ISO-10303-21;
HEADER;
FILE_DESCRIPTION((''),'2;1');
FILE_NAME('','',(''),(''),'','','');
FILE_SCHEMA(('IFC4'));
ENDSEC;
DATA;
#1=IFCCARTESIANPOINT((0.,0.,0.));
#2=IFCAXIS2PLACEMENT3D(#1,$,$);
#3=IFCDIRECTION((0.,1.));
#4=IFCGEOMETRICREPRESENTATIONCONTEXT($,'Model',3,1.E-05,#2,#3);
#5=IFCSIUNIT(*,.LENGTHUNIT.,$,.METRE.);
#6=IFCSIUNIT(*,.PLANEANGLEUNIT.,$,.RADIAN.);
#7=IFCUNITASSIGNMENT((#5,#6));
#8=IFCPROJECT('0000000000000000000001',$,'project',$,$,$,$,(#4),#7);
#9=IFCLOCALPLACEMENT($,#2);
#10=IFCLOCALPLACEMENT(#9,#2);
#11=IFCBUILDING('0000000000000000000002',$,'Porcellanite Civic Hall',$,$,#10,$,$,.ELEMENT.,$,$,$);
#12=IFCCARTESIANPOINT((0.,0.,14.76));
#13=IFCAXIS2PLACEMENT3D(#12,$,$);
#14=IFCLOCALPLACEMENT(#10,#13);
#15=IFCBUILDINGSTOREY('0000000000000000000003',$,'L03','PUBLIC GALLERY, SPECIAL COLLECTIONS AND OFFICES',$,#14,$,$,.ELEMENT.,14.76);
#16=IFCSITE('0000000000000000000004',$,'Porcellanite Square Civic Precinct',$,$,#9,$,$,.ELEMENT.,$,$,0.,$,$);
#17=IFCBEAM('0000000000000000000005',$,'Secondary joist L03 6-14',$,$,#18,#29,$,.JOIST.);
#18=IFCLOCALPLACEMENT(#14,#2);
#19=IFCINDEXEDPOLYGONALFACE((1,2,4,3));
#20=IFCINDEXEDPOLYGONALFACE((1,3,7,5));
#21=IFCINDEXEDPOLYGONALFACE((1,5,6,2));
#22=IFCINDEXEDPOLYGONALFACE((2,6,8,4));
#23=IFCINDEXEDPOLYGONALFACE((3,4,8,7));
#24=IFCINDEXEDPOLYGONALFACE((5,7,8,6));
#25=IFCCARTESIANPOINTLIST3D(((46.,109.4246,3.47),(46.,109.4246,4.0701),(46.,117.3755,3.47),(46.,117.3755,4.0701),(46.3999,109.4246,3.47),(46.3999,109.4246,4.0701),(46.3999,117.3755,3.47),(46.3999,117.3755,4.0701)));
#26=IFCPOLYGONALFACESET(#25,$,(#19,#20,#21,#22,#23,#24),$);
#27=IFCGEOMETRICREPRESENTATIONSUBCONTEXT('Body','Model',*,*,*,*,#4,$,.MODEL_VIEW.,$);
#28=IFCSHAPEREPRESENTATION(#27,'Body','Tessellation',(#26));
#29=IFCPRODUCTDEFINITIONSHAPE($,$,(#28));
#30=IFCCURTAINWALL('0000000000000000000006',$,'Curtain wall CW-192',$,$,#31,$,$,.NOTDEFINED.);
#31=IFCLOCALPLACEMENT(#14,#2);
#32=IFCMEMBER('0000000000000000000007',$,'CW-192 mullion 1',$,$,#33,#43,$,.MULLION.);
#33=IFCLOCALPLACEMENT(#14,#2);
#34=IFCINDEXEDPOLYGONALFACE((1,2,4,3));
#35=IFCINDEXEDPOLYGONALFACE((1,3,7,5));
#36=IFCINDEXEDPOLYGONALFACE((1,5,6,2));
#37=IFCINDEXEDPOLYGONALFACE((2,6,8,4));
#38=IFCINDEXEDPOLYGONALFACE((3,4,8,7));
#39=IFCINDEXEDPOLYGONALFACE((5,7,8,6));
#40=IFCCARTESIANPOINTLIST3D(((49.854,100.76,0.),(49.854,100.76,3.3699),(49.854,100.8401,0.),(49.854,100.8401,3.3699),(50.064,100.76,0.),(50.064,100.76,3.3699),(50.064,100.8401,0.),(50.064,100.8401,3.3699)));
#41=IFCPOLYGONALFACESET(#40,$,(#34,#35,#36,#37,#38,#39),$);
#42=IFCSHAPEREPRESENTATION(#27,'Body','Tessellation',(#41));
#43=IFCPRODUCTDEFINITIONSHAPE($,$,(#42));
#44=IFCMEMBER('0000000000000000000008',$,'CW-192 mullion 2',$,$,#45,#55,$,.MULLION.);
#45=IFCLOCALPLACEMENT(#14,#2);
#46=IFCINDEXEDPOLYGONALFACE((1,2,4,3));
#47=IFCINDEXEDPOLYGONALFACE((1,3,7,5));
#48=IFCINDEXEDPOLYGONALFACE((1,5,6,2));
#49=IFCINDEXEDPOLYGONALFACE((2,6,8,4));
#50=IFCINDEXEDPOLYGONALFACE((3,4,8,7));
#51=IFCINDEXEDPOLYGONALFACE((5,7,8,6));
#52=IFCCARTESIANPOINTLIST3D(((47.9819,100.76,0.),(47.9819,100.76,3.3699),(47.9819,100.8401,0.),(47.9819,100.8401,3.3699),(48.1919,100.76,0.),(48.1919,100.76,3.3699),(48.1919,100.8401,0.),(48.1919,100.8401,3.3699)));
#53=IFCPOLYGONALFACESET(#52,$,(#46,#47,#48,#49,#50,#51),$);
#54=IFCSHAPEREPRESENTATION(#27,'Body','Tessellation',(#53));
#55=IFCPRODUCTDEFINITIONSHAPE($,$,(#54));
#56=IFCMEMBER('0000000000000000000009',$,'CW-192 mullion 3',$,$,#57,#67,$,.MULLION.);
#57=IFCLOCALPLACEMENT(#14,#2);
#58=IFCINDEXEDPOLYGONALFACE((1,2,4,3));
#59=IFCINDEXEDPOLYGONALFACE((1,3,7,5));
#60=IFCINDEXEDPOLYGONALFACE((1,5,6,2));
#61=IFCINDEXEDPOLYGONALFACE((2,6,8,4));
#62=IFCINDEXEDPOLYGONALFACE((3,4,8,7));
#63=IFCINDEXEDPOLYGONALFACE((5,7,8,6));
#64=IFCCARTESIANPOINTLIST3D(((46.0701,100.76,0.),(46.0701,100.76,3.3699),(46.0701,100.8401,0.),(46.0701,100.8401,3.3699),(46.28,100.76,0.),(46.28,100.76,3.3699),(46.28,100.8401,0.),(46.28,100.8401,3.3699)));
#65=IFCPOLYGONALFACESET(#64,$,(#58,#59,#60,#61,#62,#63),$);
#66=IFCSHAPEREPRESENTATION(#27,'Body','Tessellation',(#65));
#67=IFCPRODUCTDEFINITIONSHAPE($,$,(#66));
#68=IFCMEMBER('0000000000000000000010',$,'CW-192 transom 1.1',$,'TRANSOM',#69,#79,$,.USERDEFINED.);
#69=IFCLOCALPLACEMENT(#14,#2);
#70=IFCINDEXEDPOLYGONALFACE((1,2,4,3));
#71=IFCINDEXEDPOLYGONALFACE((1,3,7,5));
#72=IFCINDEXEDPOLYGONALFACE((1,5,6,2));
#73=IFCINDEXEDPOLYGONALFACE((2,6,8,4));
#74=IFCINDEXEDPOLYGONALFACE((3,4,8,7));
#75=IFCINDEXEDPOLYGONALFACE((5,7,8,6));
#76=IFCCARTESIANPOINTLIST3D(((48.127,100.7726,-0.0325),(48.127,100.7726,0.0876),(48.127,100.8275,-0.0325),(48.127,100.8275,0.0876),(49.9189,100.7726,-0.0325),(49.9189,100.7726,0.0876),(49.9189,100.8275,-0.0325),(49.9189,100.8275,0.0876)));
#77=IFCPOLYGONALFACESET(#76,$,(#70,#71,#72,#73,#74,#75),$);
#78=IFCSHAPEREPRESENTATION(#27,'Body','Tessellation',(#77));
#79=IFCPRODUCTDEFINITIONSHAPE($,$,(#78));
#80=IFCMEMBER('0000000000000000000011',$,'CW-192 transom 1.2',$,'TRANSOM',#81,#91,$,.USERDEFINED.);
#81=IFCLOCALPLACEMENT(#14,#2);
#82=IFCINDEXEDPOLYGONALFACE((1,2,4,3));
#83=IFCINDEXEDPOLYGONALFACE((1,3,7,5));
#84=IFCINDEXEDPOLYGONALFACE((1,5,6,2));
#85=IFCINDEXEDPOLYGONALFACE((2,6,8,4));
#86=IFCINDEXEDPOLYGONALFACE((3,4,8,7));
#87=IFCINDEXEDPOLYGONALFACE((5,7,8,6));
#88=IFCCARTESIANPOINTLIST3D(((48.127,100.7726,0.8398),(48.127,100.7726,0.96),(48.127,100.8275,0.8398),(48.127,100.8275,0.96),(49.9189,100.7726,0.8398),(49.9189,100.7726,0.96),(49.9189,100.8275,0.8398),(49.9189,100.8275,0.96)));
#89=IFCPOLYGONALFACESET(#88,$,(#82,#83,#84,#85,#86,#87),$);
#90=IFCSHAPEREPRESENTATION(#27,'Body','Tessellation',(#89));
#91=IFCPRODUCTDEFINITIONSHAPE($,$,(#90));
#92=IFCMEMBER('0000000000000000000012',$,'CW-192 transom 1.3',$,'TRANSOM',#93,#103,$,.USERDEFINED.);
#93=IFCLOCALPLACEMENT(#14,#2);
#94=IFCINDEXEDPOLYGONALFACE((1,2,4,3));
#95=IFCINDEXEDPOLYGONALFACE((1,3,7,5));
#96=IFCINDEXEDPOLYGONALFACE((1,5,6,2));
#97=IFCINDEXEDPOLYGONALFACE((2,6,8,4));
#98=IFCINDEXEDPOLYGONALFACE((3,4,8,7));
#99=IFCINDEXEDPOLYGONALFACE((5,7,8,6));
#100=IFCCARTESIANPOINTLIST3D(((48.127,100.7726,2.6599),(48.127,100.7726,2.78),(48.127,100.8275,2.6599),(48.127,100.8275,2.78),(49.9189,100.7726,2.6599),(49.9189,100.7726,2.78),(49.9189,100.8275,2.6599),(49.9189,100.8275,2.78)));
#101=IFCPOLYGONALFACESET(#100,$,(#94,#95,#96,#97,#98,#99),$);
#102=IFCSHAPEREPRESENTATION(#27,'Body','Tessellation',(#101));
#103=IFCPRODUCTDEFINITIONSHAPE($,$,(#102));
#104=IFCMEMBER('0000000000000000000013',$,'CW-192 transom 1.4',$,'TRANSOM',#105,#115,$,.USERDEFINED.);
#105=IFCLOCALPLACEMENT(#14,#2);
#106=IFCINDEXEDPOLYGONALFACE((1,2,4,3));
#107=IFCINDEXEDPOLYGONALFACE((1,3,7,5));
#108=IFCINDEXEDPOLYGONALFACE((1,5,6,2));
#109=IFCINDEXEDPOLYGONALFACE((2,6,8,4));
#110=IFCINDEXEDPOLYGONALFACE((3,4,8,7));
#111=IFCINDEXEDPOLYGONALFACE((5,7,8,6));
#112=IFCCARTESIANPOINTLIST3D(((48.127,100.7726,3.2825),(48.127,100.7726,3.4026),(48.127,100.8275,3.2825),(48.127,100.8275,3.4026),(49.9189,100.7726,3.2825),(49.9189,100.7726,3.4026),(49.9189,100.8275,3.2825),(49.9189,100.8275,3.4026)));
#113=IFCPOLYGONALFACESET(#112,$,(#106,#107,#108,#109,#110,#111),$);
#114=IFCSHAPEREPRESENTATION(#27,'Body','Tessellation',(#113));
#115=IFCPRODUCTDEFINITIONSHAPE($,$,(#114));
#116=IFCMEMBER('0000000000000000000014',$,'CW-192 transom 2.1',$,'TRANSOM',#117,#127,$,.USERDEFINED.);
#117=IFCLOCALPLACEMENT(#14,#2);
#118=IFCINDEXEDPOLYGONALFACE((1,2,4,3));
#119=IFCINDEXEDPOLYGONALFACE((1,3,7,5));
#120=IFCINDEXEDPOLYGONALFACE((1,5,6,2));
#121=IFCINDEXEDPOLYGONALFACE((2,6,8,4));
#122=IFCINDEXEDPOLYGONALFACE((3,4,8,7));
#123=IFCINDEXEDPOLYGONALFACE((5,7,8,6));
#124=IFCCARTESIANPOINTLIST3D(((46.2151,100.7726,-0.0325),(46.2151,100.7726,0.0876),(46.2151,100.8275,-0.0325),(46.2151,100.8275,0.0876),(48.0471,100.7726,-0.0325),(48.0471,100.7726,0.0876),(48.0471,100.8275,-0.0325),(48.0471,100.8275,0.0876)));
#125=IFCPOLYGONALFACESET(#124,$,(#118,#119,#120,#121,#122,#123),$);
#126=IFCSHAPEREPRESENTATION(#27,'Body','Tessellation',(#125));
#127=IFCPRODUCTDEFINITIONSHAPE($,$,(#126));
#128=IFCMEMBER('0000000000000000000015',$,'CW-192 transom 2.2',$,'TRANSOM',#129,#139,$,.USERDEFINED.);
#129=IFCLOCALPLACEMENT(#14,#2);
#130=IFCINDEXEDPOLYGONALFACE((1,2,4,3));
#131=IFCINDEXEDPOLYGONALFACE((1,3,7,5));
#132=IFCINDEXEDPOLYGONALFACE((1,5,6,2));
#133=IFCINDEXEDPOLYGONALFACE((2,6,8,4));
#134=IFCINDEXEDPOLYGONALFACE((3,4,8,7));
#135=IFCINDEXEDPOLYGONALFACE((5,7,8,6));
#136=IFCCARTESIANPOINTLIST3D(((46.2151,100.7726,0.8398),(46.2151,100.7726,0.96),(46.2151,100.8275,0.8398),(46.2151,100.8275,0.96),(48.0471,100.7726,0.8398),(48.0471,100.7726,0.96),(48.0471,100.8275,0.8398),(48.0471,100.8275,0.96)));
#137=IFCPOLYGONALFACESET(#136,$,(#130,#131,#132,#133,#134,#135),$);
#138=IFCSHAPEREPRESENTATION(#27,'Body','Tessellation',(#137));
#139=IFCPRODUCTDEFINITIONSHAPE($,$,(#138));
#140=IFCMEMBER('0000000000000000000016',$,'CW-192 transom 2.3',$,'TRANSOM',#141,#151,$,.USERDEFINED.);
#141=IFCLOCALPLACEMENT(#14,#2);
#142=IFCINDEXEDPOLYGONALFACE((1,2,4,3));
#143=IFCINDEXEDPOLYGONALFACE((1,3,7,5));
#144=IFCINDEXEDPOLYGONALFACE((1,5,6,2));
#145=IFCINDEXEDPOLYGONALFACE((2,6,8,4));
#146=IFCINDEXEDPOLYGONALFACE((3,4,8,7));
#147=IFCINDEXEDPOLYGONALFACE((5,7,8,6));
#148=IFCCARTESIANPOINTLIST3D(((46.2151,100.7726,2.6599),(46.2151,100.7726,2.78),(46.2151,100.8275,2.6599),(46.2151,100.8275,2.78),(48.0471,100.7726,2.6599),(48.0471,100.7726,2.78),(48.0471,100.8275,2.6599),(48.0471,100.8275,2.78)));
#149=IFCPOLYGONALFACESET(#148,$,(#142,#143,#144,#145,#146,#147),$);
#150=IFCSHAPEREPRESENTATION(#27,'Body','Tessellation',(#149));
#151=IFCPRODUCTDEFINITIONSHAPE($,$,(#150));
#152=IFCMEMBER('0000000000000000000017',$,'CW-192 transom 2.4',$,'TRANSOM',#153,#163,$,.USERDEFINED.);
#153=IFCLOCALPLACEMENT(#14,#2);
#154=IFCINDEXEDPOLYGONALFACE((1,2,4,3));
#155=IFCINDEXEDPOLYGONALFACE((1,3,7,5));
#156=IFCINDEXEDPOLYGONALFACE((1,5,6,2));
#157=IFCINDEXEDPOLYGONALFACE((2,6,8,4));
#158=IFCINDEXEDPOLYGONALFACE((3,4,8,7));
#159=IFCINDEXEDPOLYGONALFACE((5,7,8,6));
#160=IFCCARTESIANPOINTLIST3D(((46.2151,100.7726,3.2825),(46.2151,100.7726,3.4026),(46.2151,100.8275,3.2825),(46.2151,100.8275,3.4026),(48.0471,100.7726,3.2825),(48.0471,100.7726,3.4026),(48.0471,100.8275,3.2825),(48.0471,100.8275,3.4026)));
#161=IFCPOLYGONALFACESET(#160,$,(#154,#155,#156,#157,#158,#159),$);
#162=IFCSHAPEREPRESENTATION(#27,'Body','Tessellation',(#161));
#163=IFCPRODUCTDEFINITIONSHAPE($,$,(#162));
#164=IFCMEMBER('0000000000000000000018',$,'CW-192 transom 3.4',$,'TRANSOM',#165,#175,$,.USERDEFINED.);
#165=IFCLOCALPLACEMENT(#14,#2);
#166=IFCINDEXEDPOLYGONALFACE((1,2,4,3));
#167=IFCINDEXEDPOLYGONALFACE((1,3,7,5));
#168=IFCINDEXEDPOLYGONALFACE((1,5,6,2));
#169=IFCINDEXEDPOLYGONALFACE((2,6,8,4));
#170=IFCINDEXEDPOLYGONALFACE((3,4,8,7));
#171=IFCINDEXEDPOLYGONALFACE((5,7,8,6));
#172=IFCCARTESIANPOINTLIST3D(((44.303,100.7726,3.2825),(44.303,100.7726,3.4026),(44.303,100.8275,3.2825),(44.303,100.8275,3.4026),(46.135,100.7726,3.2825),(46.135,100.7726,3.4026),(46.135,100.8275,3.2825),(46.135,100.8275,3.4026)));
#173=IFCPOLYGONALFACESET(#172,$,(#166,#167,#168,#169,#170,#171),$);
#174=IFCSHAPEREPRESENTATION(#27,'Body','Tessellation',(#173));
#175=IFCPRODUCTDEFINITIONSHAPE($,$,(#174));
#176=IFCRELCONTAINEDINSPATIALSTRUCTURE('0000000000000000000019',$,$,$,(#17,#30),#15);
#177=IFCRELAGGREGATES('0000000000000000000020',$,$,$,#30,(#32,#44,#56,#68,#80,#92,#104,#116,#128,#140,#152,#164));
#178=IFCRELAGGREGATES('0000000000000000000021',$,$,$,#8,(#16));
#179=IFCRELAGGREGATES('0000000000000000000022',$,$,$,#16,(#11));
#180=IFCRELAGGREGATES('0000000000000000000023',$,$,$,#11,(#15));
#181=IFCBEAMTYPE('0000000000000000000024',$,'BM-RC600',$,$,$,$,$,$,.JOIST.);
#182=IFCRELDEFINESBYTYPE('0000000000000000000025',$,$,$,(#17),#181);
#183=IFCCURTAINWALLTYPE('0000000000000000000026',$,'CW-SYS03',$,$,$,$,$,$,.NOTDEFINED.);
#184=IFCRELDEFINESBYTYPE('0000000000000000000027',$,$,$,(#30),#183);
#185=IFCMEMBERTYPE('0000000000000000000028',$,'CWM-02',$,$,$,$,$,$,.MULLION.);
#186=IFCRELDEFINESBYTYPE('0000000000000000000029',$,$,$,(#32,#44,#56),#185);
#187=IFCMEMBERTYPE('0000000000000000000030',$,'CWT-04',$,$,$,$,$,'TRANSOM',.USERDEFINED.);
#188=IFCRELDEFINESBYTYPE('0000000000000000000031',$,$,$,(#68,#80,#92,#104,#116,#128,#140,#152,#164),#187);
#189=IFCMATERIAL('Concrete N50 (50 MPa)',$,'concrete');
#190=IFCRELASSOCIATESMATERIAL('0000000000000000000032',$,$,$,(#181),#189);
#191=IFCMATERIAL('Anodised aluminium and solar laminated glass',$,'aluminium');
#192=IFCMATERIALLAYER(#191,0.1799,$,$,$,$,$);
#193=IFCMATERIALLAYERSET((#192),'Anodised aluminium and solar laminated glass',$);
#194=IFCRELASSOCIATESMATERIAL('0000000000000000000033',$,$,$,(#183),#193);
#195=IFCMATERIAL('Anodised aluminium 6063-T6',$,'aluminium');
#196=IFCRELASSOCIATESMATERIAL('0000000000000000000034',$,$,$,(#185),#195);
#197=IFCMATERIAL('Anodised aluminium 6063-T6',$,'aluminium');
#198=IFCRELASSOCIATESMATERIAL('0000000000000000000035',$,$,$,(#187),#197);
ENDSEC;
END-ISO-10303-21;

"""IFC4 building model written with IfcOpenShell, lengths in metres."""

from ifc_helpers import new_model, si_unit, direction, frame, origin, origin_2d, place, context, subcontext, project, spatial, rectangle, extrude, material, layer, layer_set, material_profile, profile_set, type_object, element, aggregate, save


model = new_model("IFC4")

# Units and contexts
model_context = context("Model", 3, precision=1e-05, world=origin(), true_north=direction((0.0, 1.0)))
body_context = subcontext(model_context, "Body", "Model", "MODEL_VIEW")
ifc_project = project(units=[si_unit("LENGTHUNIT", "METRE"), si_unit("PLANEANGLEUNIT", "RADIAN")], contexts=[model_context])

# Site, building, storey
site_placement = place(None, origin())
site = spatial("IfcSite", under=ifc_project, at=site_placement, Name="Porcellanite Square Civic Precinct", CompositionType="ELEMENT", RefElevation=0.0)
building_placement = place(site_placement, origin())
building = spatial("IfcBuilding", under=site, at=building_placement, Name="Porcellanite Civic Hall", CompositionType="ELEMENT")
storey_placement = place(building_placement, frame((0.0, 0.0, 14.76)))
storey = spatial("IfcBuildingStorey", under=building, at=storey_placement, Name="L03", Description="PUBLIC GALLERY, SPECIAL COLLECTIONS AND OFFICES", CompositionType="ELEMENT", Elevation=14.76)

# Beam
ifc_material_1 = material(Name="Concrete N50 (50 MPa)", Category="concrete")
ifc_material_profile_1 = material_profile(ifc_material_1, rectangle(XDim=0.3999, YDim=0.6001, at=origin_2d()), Name="RC-400x600")
ifc_profile_set_1 = profile_set([ifc_material_profile_1], Name="Concrete N50 (50 MPa)")
beam_type_1 = type_object("IfcBeamType", Name="BM-RC600", PredefinedType="JOIST", material=ifc_profile_set_1)
beam_1_placement = place(storey_placement, frame((46.2, 109.4246, 3.77), z_axis=(0.0, 1.0, 0.0), x_axis=(-1.0, 0.0, 0.0)))
element("IfcBeam", 1, at=beam_1_placement, inside=storey, type_object=beam_type_1, Name="Secondary joist L03 6-14", PredefinedType="JOIST", context=body_context, shape_type="SweptSolid", body=[
    extrude(rectangle(XDim=0.3999, YDim=0.6001, at=origin_2d()), origin(), (0.0, 0.0, 1.0), 7.9509),
])

# Curtain wall, members
ifc_material_2 = material(Name="Anodised aluminium and solar laminated glass", Category="aluminium")
ifc_layer_1 = layer(ifc_material_2, 0.1799)
ifc_layer_set_1 = layer_set([ifc_layer_1], Name="Anodised aluminium and solar laminated glass")
curtain_wall_type_1 = type_object("IfcCurtainWallType", Name="CW-SYS03", PredefinedType="NOTDEFINED", material=ifc_layer_set_1)
curtain_wall_1_placement = place(storey_placement, origin())
curtain_wall_1 = element("IfcCurtainWall", 2, at=curtain_wall_1_placement, inside=storey, type_object=curtain_wall_type_1, Name="Curtain wall CW-192", PredefinedType="NOTDEFINED")
ifc_material_3 = material(Name="Anodised aluminium 6063-T6", Category="aluminium")
ifc_material_profile_2 = material_profile(ifc_material_3, rectangle(XDim=0.0801, YDim=0.21, at=origin_2d()), Name="AL-80x210")
ifc_profile_set_2 = profile_set([ifc_material_profile_2], Name="Anodised aluminium 6063-T6")
member_type_1 = type_object("IfcMemberType", Name="CWM-02", PredefinedType="MULLION", material=ifc_profile_set_2)
member_1_placement = place(storey_placement, frame((49.959, 100.8, 0.0), z_axis=(0.0, 0.0, 1.0), x_axis=(0.0, -1.0, 0.0)))
member_1 = element("IfcMember", 3, at=member_1_placement, type_object=member_type_1, Name="CW-192 mullion 1", PredefinedType="MULLION", context=body_context, shape_type="SweptSolid", body=[
    extrude(rectangle(XDim=0.0801, YDim=0.21, at=origin_2d()), origin(), (0.0, 0.0, 1.0), 3.3699),
])
member_2_placement = place(storey_placement, frame((48.0869, 100.8, 0.0), z_axis=(0.0, 0.0, 1.0), x_axis=(0.0, -1.0, 0.0)))
member_2 = element("IfcMember", 4, at=member_2_placement, type_object=member_type_1, Name="CW-192 mullion 2", PredefinedType="MULLION", context=body_context, shape_type="SweptSolid", body=[
    extrude(rectangle(XDim=0.0801, YDim=0.21, at=origin_2d()), origin(), (0.0, 0.0, 1.0), 3.3699),
])
member_3_placement = place(storey_placement, frame((46.175, 100.8, 0.0), z_axis=(0.0, 0.0, 1.0), x_axis=(0.0, -1.0, 0.0)))
member_3 = element("IfcMember", 5, at=member_3_placement, type_object=member_type_1, Name="CW-192 mullion 3", PredefinedType="MULLION", context=body_context, shape_type="SweptSolid", body=[
    extrude(rectangle(XDim=0.0801, YDim=0.21, at=origin_2d()), origin(), (0.0, 0.0, 1.0), 3.3699),
])
ifc_material_4 = material(Name="Anodised aluminium 6063-T6", Category="aluminium")
ifc_material_profile_3 = material_profile(ifc_material_4, rectangle(XDim=0.0549, YDim=0.1201, at=origin_2d()), Name="AL-55x120")
ifc_profile_set_3 = profile_set([ifc_material_profile_3], Name="Anodised aluminium 6063-T6")
member_type_2 = type_object("IfcMemberType", Name="CWT-04", ElementType="TRANSOM", PredefinedType="USERDEFINED", material=ifc_profile_set_3)
member_4_placement = place(storey_placement, frame((49.9189, 100.8, 0.0276), z_axis=(-1.0, 0.0, 0.0), x_axis=(0.0, -1.0, 0.0)))
member_4 = element("IfcMember", 6, at=member_4_placement, type_object=member_type_2, Name="CW-192 transom 1.1", ObjectType="TRANSOM", PredefinedType="USERDEFINED", context=body_context, shape_type="SweptSolid", body=[
    extrude(rectangle(XDim=0.0549, YDim=0.1201, at=origin_2d()), origin(), (0.0, 0.0, 1.0), 1.792),
])
member_5_placement = place(storey_placement, frame((49.9189, 100.8, 0.8999), z_axis=(-1.0, 0.0, 0.0), x_axis=(0.0, -1.0, 0.0)))
member_5 = element("IfcMember", 7, at=member_5_placement, type_object=member_type_2, Name="CW-192 transom 1.2", ObjectType="TRANSOM", PredefinedType="USERDEFINED", context=body_context, shape_type="SweptSolid", body=[
    extrude(rectangle(XDim=0.0549, YDim=0.1201, at=origin_2d()), origin(), (0.0, 0.0, 1.0), 1.792),
])
member_6_placement = place(storey_placement, frame((49.9189, 100.8, 2.72), z_axis=(-1.0, 0.0, 0.0), x_axis=(0.0, -1.0, 0.0)))
member_6 = element("IfcMember", 8, at=member_6_placement, type_object=member_type_2, Name="CW-192 transom 1.3", ObjectType="TRANSOM", PredefinedType="USERDEFINED", context=body_context, shape_type="SweptSolid", body=[
    extrude(rectangle(XDim=0.0549, YDim=0.1201, at=origin_2d()), origin(), (0.0, 0.0, 1.0), 1.792),
])
member_7_placement = place(storey_placement, frame((49.9189, 100.8, 3.3425), z_axis=(-1.0, 0.0, 0.0), x_axis=(0.0, -1.0, 0.0)))
member_7 = element("IfcMember", 9, at=member_7_placement, type_object=member_type_2, Name="CW-192 transom 1.4", ObjectType="TRANSOM", PredefinedType="USERDEFINED", context=body_context, shape_type="SweptSolid", body=[
    extrude(rectangle(XDim=0.0549, YDim=0.1201, at=origin_2d()), origin(), (0.0, 0.0, 1.0), 1.792),
])
member_8_placement = place(storey_placement, frame((48.0471, 100.8, 0.0276), z_axis=(-1.0, 0.0, 0.0), x_axis=(0.0, -1.0, 0.0)))
member_8 = element("IfcMember", 10, at=member_8_placement, type_object=member_type_2, Name="CW-192 transom 2.1", ObjectType="TRANSOM", PredefinedType="USERDEFINED", context=body_context, shape_type="SweptSolid", body=[
    extrude(rectangle(XDim=0.0549, YDim=0.1201, at=origin_2d()), origin(), (0.0, 0.0, 1.0), 1.832),
])
member_9_placement = place(storey_placement, frame((48.0471, 100.8, 0.8999), z_axis=(-1.0, 0.0, 0.0), x_axis=(0.0, -1.0, 0.0)))
member_9 = element("IfcMember", 11, at=member_9_placement, type_object=member_type_2, Name="CW-192 transom 2.2", ObjectType="TRANSOM", PredefinedType="USERDEFINED", context=body_context, shape_type="SweptSolid", body=[
    extrude(rectangle(XDim=0.0549, YDim=0.1201, at=origin_2d()), origin(), (0.0, 0.0, 1.0), 1.832),
])
member_10_placement = place(storey_placement, frame((48.0471, 100.8, 2.72), z_axis=(-1.0, 0.0, 0.0), x_axis=(0.0, -1.0, 0.0)))
member_10 = element("IfcMember", 12, at=member_10_placement, type_object=member_type_2, Name="CW-192 transom 2.3", ObjectType="TRANSOM", PredefinedType="USERDEFINED", context=body_context, shape_type="SweptSolid", body=[
    extrude(rectangle(XDim=0.0549, YDim=0.1201, at=origin_2d()), origin(), (0.0, 0.0, 1.0), 1.832),
])
member_11_placement = place(storey_placement, frame((48.0471, 100.8, 3.3425), z_axis=(-1.0, 0.0, 0.0), x_axis=(0.0, -1.0, 0.0)))
member_11 = element("IfcMember", 13, at=member_11_placement, type_object=member_type_2, Name="CW-192 transom 2.4", ObjectType="TRANSOM", PredefinedType="USERDEFINED", context=body_context, shape_type="SweptSolid", body=[
    extrude(rectangle(XDim=0.0549, YDim=0.1201, at=origin_2d()), origin(), (0.0, 0.0, 1.0), 1.832),
])
member_12_placement = place(storey_placement, frame((46.135, 100.8, 3.3425), z_axis=(-1.0, 0.0, 0.0), x_axis=(0.0, -1.0, 0.0)))
member_12 = element("IfcMember", 14, at=member_12_placement, type_object=member_type_2, Name="CW-192 transom 3.4", ObjectType="TRANSOM", PredefinedType="USERDEFINED", context=body_context, shape_type="SweptSolid", body=[
    extrude(rectangle(XDim=0.0549, YDim=0.1201, at=origin_2d()), origin(), (0.0, 0.0, 1.0), 1.832),
])

aggregate(curtain_wall_1, [member_1, member_2, member_3, member_4, member_5, member_6, member_7, member_8, member_9, member_10, member_11, member_12])

save(model, "model.ifc")
